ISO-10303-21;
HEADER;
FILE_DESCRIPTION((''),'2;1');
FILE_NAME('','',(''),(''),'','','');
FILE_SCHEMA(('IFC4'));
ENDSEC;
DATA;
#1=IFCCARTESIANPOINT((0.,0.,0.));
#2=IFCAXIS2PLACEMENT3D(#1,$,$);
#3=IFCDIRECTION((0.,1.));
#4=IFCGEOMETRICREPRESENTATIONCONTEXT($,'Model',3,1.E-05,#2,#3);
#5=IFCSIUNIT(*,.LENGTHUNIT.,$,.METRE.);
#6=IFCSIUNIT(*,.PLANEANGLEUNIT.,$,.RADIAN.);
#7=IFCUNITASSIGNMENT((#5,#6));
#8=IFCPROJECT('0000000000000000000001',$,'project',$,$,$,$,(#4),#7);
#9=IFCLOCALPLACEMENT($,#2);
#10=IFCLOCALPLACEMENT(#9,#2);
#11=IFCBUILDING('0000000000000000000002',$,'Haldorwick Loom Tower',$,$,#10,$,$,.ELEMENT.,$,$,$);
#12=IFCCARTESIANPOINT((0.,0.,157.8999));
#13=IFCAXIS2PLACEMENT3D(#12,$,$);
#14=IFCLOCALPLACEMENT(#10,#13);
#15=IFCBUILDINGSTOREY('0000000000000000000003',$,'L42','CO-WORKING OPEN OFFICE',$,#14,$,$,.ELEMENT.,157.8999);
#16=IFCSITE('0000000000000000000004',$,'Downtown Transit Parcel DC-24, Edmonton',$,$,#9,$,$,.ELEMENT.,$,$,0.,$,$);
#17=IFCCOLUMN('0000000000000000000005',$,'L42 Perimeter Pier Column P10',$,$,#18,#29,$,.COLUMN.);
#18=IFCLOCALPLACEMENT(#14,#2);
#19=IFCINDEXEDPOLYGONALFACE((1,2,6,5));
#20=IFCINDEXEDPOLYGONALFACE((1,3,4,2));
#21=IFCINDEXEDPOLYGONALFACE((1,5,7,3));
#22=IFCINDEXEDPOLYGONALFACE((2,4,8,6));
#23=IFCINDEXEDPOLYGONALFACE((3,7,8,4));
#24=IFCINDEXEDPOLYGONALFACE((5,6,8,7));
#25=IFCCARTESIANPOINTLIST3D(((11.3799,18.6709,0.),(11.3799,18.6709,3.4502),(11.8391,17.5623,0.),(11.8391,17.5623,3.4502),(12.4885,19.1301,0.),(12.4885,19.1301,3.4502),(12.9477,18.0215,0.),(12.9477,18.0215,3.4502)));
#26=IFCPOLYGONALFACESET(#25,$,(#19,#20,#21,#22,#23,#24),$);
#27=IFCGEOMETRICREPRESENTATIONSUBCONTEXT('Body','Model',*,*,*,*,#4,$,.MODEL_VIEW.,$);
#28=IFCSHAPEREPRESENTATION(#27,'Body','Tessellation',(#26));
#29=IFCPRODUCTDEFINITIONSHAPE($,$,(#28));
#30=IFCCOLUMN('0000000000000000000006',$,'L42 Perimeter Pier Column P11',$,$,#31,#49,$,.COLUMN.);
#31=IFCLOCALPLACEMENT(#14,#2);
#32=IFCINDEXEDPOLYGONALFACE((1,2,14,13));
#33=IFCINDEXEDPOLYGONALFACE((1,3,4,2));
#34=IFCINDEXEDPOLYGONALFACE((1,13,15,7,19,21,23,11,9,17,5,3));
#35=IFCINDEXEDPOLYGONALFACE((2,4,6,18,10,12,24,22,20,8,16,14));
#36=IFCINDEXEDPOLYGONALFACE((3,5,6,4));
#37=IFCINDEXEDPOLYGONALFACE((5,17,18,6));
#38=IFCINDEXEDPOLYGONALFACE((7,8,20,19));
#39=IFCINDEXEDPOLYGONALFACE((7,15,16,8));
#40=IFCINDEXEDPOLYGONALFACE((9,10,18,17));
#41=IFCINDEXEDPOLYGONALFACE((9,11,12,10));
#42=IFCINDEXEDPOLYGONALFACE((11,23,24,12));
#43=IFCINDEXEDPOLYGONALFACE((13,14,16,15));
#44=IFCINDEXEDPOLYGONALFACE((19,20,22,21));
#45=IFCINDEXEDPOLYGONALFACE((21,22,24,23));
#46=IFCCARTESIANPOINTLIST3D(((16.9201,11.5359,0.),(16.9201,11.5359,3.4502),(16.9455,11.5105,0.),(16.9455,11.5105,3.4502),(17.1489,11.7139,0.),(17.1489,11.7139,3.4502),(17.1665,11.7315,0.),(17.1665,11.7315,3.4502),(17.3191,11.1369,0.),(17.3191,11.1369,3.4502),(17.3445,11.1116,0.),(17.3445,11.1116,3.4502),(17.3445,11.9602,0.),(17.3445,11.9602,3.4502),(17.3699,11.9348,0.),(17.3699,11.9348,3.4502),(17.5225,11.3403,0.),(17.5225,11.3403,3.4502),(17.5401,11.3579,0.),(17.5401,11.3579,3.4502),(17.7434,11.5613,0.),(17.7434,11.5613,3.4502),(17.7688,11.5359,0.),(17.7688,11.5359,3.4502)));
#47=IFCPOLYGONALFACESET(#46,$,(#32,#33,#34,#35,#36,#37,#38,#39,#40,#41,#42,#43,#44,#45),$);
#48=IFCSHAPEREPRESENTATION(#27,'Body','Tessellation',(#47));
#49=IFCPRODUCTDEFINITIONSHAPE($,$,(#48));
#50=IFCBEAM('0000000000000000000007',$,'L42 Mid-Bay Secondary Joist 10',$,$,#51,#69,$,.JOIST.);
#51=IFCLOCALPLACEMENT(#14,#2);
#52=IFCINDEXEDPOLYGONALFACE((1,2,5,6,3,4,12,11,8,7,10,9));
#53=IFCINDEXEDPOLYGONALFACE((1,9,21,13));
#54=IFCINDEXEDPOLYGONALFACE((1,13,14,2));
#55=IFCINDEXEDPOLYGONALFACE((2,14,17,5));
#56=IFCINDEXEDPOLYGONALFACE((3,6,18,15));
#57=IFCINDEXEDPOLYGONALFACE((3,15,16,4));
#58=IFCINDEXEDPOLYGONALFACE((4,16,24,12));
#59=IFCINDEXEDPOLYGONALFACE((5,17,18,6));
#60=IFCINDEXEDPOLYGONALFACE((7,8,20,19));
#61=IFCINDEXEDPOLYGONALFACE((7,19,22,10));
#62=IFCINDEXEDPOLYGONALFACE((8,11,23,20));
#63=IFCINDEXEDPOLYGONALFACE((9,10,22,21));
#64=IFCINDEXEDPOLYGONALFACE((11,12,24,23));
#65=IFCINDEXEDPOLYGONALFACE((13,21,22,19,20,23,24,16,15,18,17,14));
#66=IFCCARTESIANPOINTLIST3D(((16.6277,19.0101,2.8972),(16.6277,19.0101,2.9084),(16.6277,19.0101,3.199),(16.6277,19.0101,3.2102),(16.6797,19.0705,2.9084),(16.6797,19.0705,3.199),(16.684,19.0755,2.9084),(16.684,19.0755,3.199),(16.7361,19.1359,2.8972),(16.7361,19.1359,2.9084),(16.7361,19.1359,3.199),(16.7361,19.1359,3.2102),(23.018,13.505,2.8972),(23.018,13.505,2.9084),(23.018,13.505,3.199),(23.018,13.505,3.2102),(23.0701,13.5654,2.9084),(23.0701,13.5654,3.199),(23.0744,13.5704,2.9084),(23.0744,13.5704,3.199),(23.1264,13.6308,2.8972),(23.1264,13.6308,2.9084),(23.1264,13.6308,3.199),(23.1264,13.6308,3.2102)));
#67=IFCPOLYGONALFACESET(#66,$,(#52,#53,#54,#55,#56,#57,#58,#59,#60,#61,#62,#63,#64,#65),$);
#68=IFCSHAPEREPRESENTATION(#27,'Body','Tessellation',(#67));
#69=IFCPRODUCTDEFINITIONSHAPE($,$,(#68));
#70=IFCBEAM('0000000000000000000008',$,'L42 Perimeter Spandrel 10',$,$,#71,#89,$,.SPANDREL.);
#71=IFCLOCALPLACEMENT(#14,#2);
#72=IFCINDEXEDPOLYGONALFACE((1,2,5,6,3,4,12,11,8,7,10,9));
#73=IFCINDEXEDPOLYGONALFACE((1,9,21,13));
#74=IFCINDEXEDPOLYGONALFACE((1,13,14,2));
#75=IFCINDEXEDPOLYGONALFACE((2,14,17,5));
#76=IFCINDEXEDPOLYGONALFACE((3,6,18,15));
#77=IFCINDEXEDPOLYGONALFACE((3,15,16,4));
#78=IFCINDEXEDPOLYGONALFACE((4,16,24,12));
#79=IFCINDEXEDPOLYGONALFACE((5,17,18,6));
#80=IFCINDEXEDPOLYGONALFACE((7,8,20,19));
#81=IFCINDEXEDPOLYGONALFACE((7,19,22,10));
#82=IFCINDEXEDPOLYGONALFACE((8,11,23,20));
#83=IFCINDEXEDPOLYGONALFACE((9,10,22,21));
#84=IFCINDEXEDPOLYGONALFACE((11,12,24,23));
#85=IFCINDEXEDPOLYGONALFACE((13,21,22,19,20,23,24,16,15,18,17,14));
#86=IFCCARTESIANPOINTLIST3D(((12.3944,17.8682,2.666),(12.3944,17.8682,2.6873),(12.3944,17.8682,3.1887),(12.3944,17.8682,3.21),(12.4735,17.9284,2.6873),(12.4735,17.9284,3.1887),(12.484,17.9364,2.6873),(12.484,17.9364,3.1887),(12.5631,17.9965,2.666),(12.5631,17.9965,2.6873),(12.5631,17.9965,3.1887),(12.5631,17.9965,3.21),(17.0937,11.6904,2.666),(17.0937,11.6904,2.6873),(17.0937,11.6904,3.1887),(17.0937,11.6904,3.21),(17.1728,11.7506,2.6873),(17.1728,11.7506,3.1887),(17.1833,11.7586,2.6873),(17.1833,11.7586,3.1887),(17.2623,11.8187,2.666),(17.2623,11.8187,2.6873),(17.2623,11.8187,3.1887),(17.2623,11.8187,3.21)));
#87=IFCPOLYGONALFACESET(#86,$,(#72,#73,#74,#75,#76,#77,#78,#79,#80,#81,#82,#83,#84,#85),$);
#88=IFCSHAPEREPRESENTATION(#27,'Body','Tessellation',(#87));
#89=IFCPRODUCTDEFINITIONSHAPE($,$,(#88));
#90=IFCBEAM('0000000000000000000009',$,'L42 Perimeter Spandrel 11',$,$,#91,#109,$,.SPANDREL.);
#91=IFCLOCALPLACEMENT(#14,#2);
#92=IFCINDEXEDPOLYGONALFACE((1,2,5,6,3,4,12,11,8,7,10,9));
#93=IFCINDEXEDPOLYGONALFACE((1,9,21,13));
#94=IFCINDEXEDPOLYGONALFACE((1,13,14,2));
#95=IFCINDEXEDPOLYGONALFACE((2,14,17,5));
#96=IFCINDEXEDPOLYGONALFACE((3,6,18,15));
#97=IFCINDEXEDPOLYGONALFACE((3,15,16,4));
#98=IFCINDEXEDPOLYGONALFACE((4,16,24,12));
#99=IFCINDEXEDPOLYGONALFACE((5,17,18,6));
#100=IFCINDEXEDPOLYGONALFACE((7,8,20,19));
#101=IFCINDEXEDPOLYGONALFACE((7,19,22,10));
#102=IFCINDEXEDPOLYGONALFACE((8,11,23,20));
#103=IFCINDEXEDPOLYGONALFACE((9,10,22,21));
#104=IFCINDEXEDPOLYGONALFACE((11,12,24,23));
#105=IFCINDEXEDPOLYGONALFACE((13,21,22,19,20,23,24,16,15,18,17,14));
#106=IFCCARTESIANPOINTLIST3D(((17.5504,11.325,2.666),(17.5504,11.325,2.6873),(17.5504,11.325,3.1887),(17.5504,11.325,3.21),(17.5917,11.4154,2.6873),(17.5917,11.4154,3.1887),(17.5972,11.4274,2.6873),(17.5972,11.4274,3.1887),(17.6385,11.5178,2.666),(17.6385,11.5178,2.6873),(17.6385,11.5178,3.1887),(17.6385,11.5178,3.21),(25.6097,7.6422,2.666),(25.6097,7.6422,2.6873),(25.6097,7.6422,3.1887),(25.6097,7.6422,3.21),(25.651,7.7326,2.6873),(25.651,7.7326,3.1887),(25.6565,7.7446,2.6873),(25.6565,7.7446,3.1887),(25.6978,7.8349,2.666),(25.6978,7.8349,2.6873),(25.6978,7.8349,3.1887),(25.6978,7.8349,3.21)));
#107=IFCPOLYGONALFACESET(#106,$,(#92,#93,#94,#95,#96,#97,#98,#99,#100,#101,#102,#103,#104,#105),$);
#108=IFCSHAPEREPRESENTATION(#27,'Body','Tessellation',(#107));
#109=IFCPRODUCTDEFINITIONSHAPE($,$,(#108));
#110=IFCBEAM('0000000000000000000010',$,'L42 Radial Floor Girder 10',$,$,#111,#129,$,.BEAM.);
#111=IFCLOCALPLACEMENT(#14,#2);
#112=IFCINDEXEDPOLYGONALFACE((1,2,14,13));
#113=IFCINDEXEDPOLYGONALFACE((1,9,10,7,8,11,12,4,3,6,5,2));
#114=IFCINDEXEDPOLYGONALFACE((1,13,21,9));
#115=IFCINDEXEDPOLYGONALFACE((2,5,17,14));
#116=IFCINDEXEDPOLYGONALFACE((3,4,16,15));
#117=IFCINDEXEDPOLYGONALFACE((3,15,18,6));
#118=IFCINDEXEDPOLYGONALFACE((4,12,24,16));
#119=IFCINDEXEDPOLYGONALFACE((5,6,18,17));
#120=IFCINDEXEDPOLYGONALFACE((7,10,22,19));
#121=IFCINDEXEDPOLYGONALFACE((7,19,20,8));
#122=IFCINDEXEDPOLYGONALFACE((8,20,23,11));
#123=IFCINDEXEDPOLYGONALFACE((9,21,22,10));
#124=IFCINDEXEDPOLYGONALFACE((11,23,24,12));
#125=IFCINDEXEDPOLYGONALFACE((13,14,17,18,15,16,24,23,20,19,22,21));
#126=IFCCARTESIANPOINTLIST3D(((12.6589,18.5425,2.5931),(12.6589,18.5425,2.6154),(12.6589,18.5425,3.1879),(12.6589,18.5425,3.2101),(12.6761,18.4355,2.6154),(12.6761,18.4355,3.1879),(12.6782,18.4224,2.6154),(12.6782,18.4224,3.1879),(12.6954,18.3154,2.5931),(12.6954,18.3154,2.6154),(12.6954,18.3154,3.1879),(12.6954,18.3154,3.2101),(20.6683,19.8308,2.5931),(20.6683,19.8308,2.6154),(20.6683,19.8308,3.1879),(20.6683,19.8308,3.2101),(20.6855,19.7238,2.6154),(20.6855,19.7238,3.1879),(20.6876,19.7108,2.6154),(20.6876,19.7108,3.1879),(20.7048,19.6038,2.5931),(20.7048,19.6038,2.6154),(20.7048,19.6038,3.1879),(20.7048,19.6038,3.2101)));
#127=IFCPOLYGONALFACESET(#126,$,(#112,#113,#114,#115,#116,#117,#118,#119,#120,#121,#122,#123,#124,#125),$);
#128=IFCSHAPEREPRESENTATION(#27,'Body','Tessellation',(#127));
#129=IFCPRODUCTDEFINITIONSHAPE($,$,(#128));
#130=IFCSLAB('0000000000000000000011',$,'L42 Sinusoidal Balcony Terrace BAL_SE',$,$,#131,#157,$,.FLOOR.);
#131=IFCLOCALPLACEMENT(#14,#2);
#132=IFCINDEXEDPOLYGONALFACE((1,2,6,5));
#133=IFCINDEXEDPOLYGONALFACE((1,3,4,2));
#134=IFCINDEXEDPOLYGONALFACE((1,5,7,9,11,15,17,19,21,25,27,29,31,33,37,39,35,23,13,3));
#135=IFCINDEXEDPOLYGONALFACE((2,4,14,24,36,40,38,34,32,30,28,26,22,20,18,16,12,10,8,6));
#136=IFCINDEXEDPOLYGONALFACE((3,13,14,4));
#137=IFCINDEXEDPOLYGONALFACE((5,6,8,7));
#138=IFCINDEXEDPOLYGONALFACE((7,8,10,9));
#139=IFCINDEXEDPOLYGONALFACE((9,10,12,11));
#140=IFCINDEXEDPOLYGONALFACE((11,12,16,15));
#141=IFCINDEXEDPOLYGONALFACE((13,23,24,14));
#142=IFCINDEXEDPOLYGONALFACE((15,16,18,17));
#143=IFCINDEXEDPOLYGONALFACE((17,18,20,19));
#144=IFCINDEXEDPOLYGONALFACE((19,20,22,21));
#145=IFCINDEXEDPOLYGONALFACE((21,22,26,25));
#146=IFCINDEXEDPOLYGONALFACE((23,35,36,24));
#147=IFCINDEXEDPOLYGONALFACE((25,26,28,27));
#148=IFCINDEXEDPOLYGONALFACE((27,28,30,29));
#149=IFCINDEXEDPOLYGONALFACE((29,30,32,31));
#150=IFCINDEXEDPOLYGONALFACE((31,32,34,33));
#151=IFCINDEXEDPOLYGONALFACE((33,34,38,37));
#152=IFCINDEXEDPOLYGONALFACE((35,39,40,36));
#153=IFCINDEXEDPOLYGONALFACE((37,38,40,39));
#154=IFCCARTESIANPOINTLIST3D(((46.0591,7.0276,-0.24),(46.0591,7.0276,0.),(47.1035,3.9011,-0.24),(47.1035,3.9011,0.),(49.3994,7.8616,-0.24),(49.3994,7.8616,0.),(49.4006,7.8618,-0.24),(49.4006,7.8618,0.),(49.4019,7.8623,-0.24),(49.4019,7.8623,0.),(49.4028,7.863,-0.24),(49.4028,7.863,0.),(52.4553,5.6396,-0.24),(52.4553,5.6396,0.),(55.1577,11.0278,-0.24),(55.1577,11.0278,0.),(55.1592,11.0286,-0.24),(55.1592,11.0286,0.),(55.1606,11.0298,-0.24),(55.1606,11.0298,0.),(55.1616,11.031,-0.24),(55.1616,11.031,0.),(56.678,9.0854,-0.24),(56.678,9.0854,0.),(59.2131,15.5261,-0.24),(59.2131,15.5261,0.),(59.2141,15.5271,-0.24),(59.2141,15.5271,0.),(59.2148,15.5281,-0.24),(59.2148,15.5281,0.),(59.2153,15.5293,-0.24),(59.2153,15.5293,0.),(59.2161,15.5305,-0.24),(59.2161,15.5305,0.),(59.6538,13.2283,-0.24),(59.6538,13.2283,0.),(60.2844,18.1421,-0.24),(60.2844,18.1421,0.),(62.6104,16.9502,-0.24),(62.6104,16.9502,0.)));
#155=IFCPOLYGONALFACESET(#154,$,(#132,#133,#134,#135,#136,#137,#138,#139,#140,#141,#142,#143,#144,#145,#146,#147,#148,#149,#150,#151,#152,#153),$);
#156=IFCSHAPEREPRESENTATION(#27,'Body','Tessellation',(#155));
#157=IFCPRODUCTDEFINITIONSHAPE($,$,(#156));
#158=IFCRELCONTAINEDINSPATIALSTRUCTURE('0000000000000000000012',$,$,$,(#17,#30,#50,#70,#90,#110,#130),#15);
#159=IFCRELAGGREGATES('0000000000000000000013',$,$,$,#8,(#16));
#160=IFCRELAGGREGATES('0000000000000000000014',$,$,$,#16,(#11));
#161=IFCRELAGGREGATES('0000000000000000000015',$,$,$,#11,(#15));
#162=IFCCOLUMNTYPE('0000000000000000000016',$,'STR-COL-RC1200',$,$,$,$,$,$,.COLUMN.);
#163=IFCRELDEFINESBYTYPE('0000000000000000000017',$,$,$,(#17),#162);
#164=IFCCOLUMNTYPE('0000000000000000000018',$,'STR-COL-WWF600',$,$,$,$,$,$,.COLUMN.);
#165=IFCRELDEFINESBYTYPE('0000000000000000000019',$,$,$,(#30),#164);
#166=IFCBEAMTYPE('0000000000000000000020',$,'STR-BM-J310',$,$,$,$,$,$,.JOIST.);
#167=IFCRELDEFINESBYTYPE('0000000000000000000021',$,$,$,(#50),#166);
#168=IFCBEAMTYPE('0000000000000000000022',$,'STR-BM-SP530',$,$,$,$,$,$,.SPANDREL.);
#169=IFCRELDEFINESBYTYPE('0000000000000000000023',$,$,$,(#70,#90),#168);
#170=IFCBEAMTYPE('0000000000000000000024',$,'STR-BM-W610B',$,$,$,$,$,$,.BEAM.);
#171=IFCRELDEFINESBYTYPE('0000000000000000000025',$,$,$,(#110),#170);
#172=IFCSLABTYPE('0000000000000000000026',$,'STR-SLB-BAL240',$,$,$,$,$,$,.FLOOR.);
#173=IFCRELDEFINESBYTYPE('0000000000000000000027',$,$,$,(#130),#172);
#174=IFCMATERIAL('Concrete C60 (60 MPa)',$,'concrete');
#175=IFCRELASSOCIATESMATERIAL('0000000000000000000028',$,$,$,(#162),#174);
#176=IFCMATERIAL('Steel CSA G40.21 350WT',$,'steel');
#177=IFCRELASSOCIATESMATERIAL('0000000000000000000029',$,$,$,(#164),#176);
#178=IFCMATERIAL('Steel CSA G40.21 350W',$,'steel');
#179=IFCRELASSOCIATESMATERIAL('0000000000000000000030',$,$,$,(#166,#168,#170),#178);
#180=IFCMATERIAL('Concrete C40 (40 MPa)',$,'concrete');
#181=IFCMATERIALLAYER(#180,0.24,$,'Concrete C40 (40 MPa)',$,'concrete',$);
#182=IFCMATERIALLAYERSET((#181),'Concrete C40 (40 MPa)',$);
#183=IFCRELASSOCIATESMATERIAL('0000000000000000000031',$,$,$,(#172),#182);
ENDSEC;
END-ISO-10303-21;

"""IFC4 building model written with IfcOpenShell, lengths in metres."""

from ifc_helpers import new_model, si_unit, direction, frame, origin, origin_2d, place, context, subcontext, project, spatial, polyline, rectangle, i_section, outline, extrude, material, layer, layer_set, material_profile, profile_set, type_object, element, save


model = new_model("IFC4")

# Units and contexts
model_context = context("Model", 3, precision=1e-05, world=origin(), true_north=direction((0.0, 1.0)))
body_context = subcontext(model_context, "Body", "Model", "MODEL_VIEW")
ifc_project = project(units=[si_unit("LENGTHUNIT", "METRE"), si_unit("PLANEANGLEUNIT", "RADIAN")], contexts=[model_context])

# Site, building, storey
site_placement = place(None, origin())
site = spatial("IfcSite", under=ifc_project, at=site_placement, Name="Downtown Transit Parcel DC-24, Edmonton", CompositionType="ELEMENT", RefElevation=0.0)
building_placement = place(site_placement, origin())
building = spatial("IfcBuilding", under=site, at=building_placement, Name="Haldorwick Loom Tower", CompositionType="ELEMENT")
storey_placement = place(building_placement, frame((0.0, 0.0, 157.8999)))
storey = spatial("IfcBuildingStorey", under=building, at=storey_placement, Name="L42", Description="CO-WORKING OPEN OFFICE", CompositionType="ELEMENT", Elevation=157.8999)

# Columns
ifc_material_1 = material(Name="Concrete C60 (60 MPa)", Category="concrete")
ifc_material_profile_1 = material_profile(ifc_material_1, rectangle(XDim=1.2, YDim=1.2, at=origin_2d()), Name="RC1200X1200", Category="concrete")
ifc_profile_set_1 = profile_set([ifc_material_profile_1], Name="Concrete C60 (60 MPa)")
column_type_1 = type_object("IfcColumnType", Name="STR-COL-RC1200", PredefinedType="COLUMN", material=ifc_profile_set_1)
column_1_placement = place(storey_placement, frame((12.1638, 18.3462, 0.0), z_axis=(0.0, 0.0, 1.0), x_axis=(-0.92388, -0.382683, 0.0)))
element("IfcColumn", 1, at=column_1_placement, inside=storey, type_object=column_type_1, Name="L42 Perimeter Pier Column P10", PredefinedType="COLUMN", context=body_context, shape_type="SweptSolid", body=[
    extrude(rectangle(XDim=1.2, YDim=1.2, at=origin_2d()), origin(), (0.0, 0.0, 1.0), 3.4502),
])
ifc_material_2 = material(Name="Steel CSA G40.21 350WT", Category="steel")
ifc_material_profile_2 = material_profile(ifc_material_2, i_section(OverallWidth=0.6001, OverallDepth=0.6001, WebThickness=0.0249, FlangeThickness=0.0359, at=origin_2d()), Name="WWF600X600", Category="steel")
ifc_profile_set_2 = profile_set([ifc_material_profile_2], Name="Steel CSA G40.21 350WT")
column_type_2 = type_object("IfcColumnType", Name="STR-COL-WWF600", PredefinedType="COLUMN", material=ifc_profile_set_2)
column_2_placement = place(storey_placement, frame((17.3445, 11.5359, 0.0), z_axis=(0.0, 0.0, 1.0), x_axis=(-0.707107, -0.707107, 0.0)))
element("IfcColumn", 2, at=column_2_placement, inside=storey, type_object=column_type_2, Name="L42 Perimeter Pier Column P11", PredefinedType="COLUMN", context=body_context, shape_type="SweptSolid", body=[
    extrude(i_section(OverallWidth=0.6001, OverallDepth=0.6001, WebThickness=0.0249, FlangeThickness=0.0359, at=origin_2d()), origin(), (0.0, 0.0, 1.0), 3.4502),
])

# Beams
ifc_material_3 = material(Name="Steel CSA G40.21 350W", Category="steel")
ifc_material_profile_3 = material_profile(ifc_material_3, i_section(OverallWidth=0.166, OverallDepth=0.313, WebThickness=0.0066, FlangeThickness=0.0112, at=origin_2d()), Name="W310X45", Category="steel")
ifc_profile_set_3 = profile_set([ifc_material_profile_3], Name="Steel CSA G40.21 350W")
beam_type_1 = type_object("IfcBeamType", Name="STR-BM-J310", PredefinedType="JOIST", material=ifc_profile_set_3)
beam_1_placement = place(storey_placement, frame((16.6819, 19.073, 3.0537), z_axis=(0.757634, -0.65268, 0.0), x_axis=(0.65268, 0.757634, 0.0)))
element("IfcBeam", 3, at=beam_1_placement, inside=storey, type_object=beam_type_1, Name="L42 Mid-Bay Secondary Joist 10", PredefinedType="JOIST", context=body_context, shape_type="SweptSolid", body=[
    extrude(i_section(OverallWidth=0.166, OverallDepth=0.313, WebThickness=0.0066, FlangeThickness=0.0112, at=origin_2d()), origin(), (0.0, 0.0, 1.0), 8.4346),
])
ifc_material_profile_4 = material_profile(ifc_material_3, i_section(OverallWidth=0.2119, OverallDepth=0.5439, WebThickness=0.0132, FlangeThickness=0.0212, at=origin_2d()), Name="W530X123", Category="steel")
ifc_profile_set_4 = profile_set([ifc_material_profile_4], Name="Steel CSA G40.21 350W")
beam_type_2 = type_object("IfcBeamType", Name="STR-BM-SP530", PredefinedType="SPANDREL", material=ifc_profile_set_4)
beam_2_placement = place(storey_placement, frame((12.4788, 17.9324, 2.938), z_axis=(0.605421, -0.795905, 0.0), x_axis=(0.795905, 0.605421, 0.0)))
element("IfcBeam", 4, at=beam_2_placement, inside=storey, type_object=beam_type_2, Name="L42 Perimeter Spandrel 10", PredefinedType="SPANDREL", context=body_context, shape_type="SweptSolid", body=[
    extrude(i_section(OverallWidth=0.2119, OverallDepth=0.5439, WebThickness=0.0132, FlangeThickness=0.0212, at=origin_2d()), origin(), (0.0, 0.0, 1.0), 7.762),
])
beam_3_placement = place(storey_placement, frame((17.5945, 11.4214, 2.938), z_axis=(0.909534, -0.415629, 0.0), x_axis=(0.415629, 0.909534, 0.0)))
element("IfcBeam", 5, at=beam_3_placement, inside=storey, type_object=beam_type_2, Name="L42 Perimeter Spandrel 11", PredefinedType="SPANDREL", context=body_context, shape_type="SweptSolid", body=[
    extrude(i_section(OverallWidth=0.2119, OverallDepth=0.5439, WebThickness=0.0132, FlangeThickness=0.0212, at=origin_2d()), origin(), (0.0, 0.0, 1.0), 8.8608),
])
ifc_material_profile_5 = material_profile(ifc_material_3, i_section(OverallWidth=0.23, OverallDepth=0.6169, WebThickness=0.0132, FlangeThickness=0.0222, at=origin_2d()), Name="W610X140", Category="steel")
ifc_profile_set_5 = profile_set([ifc_material_profile_5], Name="Steel CSA G40.21 350W")
beam_type_3 = type_object("IfcBeamType", Name="STR-BM-W610B", PredefinedType="BEAM", material=ifc_profile_set_5)
beam_4_placement = place(storey_placement, frame((20.6865, 19.7173, 2.9016), z_axis=(-0.987309, -0.158813, 0.0), x_axis=(0.158813, -0.987309, 0.0)))
element("IfcBeam", 6, at=beam_4_placement, inside=storey, type_object=beam_type_3, Name="L42 Radial Floor Girder 10", PredefinedType="BEAM", context=body_context, shape_type="SweptSolid", body=[
    extrude(i_section(OverallWidth=0.23, OverallDepth=0.6169, WebThickness=0.0132, FlangeThickness=0.0222, at=origin_2d()), origin(), (0.0, 0.0, 1.0), 8.1123),
])

# Slab
ifc_material_4 = material(Name="Concrete C40 (40 MPa)", Category="concrete")
ifc_layer_1 = layer(ifc_material_4, 0.24, Name="Concrete C40 (40 MPa)", Category="concrete")
ifc_layer_set_1 = layer_set([ifc_layer_1], Name="Concrete C40 (40 MPa)")
slab_type_1 = type_object("IfcSlabType", Name="STR-SLB-BAL240", PredefinedType="FLOOR", material=ifc_layer_set_1)
slab_1_placement = place(storey_placement, frame((0.0, 0.0, -0.24)))
element("IfcSlab", 7, at=slab_1_placement, inside=storey, type_object=slab_type_1, Name="L42 Sinusoidal Balcony Terrace BAL_SE", PredefinedType="FLOOR", context=body_context, shape_type="SweptSolid", body=[
    extrude(outline(polyline([(60.2844, 18.1421), (59.2161, 15.5305), (59.2153, 15.5293), (59.2148, 15.5281), (59.2141, 15.5271), (59.2131, 15.5261), (55.1616, 11.031), (55.1606, 11.0298), (55.1592, 11.0286), (55.1577, 11.0278), (49.4028, 7.863), (49.4019, 7.8623), (49.4006, 7.8618), (49.3994, 7.8616), (46.0591, 7.0276), (47.1035, 3.9011), (52.4553, 5.6396), (56.678, 9.0854), (59.6538, 13.2283), (62.6104, 16.9502), (60.2844, 18.1421)])), origin(), (0.0, 0.0, 1.0), 0.24),
])

save(model, "model.ifc")
